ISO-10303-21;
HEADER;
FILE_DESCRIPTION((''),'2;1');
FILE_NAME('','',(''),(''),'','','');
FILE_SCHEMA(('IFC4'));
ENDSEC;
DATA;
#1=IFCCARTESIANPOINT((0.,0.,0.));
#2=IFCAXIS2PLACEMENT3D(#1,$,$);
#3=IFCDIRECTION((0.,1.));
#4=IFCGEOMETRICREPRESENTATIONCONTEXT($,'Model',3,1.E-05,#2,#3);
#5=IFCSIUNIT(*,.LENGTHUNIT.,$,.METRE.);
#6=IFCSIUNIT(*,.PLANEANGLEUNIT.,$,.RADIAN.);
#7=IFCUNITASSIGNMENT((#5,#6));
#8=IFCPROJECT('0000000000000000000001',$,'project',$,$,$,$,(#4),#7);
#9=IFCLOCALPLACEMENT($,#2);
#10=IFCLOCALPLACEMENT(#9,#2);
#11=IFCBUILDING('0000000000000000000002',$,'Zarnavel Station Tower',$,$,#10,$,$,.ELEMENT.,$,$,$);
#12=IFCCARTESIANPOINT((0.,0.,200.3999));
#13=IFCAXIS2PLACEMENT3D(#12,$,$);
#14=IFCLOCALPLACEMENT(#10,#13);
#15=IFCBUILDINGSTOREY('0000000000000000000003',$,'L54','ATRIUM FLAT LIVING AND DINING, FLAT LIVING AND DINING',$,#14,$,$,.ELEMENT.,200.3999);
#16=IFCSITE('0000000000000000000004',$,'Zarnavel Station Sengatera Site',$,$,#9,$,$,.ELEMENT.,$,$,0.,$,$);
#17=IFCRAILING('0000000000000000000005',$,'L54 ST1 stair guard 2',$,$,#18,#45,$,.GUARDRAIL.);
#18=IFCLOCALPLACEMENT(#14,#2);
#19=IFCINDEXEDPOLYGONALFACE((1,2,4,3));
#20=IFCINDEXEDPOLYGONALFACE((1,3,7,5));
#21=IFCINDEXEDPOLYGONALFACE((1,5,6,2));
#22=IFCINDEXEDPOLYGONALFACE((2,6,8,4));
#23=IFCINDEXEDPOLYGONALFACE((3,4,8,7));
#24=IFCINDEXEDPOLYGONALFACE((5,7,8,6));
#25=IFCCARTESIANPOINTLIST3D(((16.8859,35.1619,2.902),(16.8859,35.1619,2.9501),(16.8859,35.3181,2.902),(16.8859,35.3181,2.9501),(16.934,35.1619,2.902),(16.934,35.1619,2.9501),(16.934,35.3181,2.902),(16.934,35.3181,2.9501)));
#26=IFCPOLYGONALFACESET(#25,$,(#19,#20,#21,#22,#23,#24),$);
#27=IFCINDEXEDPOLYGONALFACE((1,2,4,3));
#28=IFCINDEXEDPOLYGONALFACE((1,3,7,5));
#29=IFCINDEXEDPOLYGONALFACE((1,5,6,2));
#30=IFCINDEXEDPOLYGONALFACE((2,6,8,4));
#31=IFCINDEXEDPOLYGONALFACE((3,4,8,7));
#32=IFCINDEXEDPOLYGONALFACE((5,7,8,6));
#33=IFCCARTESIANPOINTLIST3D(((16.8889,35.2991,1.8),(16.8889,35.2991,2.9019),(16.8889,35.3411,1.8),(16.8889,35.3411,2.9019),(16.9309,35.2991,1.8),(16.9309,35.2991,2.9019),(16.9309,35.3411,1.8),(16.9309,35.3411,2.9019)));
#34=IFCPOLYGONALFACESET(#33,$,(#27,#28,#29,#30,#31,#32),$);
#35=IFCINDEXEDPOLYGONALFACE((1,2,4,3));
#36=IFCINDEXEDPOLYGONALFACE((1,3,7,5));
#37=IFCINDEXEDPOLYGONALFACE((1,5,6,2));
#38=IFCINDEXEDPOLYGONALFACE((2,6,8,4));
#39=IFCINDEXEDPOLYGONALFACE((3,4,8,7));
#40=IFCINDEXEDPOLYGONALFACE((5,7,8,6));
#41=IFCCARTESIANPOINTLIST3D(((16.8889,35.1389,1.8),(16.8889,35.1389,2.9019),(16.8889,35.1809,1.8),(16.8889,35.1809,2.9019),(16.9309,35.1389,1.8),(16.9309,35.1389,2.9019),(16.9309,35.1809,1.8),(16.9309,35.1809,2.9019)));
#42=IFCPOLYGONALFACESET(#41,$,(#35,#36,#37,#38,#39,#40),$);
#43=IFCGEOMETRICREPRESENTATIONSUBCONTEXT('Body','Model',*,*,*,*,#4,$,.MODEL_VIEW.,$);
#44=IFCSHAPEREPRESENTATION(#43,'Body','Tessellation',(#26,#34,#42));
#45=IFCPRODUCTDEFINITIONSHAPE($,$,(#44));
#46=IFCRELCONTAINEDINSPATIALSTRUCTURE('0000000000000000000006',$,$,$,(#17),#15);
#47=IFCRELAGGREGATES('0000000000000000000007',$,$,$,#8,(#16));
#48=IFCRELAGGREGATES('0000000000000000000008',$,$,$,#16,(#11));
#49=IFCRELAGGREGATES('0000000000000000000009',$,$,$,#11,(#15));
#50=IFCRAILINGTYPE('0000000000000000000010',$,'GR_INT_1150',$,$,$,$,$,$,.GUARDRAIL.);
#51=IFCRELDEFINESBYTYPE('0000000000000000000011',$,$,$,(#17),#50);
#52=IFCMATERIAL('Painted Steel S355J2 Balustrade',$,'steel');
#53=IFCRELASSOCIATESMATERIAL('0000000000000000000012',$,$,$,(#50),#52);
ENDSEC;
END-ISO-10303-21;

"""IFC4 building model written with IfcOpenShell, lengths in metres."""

from ifc_helpers import new_model, si_unit, direction, frame, origin, origin_2d, place, context, subcontext, project, spatial, rectangle, extrude, material, type_object, element, save


model = new_model("IFC4")

# Units and contexts
model_context = context("Model", 3, precision=1e-05, world=origin(), true_north=direction((0.0, 1.0)))
body_context = subcontext(model_context, "Body", "Model", "MODEL_VIEW")
ifc_project = project(units=[si_unit("LENGTHUNIT", "METRE"), si_unit("PLANEANGLEUNIT", "RADIAN")], contexts=[model_context])

# Site, building, storey
site_placement = place(None, origin())
site = spatial("IfcSite", under=ifc_project, at=site_placement, Name="Zarnavel Station Sengatera Site", CompositionType="ELEMENT", RefElevation=0.0)
building_placement = place(site_placement, origin())
building = spatial("IfcBuilding", under=site, at=building_placement, Name="Zarnavel Station Tower", CompositionType="ELEMENT")
storey_placement = place(building_placement, frame((0.0, 0.0, 200.3999)))
storey = spatial("IfcBuildingStorey", under=building, at=storey_placement, Name="L54", Description="ATRIUM FLAT LIVING AND DINING, FLAT LIVING AND DINING", CompositionType="ELEMENT", Elevation=200.3999)

# Railing
ifc_material_1 = material(Name="Painted Steel S355J2 Balustrade", Category="steel")
railing_type = type_object("IfcRailingType", Name="GR_INT_1150", PredefinedType="GUARDRAIL", material=ifc_material_1)
railing_placement = place(storey_placement, frame((16.9099, 35.3201, 1.8)))
element("IfcRailing", 1, at=railing_placement, inside=storey, type_object=railing_type, Name="L54 ST1 stair guard 2", PredefinedType="GUARDRAIL", context=body_context, shape_type="SweptSolid", body=[
    extrude(rectangle(XDim=0.0481, YDim=0.0481, at=origin_2d()), frame((0.0, -0.002, 1.126), z_axis=(0.0, -1.0, 0.0), x_axis=(1.0, 0.0, 0.0)), (0.0, 0.0, 1.0), 0.1562),
    extrude(rectangle(XDim=0.042, YDim=0.042, at=origin_2d()), origin(), (0.0, 0.0, 1.0), 1.1018),
    extrude(rectangle(XDim=0.042, YDim=0.042, at=origin_2d()), frame((0.0, -0.1602, 0.0)), (0.0, 0.0, 1.0), 1.1018),
])

save(model, "model.ifc")
